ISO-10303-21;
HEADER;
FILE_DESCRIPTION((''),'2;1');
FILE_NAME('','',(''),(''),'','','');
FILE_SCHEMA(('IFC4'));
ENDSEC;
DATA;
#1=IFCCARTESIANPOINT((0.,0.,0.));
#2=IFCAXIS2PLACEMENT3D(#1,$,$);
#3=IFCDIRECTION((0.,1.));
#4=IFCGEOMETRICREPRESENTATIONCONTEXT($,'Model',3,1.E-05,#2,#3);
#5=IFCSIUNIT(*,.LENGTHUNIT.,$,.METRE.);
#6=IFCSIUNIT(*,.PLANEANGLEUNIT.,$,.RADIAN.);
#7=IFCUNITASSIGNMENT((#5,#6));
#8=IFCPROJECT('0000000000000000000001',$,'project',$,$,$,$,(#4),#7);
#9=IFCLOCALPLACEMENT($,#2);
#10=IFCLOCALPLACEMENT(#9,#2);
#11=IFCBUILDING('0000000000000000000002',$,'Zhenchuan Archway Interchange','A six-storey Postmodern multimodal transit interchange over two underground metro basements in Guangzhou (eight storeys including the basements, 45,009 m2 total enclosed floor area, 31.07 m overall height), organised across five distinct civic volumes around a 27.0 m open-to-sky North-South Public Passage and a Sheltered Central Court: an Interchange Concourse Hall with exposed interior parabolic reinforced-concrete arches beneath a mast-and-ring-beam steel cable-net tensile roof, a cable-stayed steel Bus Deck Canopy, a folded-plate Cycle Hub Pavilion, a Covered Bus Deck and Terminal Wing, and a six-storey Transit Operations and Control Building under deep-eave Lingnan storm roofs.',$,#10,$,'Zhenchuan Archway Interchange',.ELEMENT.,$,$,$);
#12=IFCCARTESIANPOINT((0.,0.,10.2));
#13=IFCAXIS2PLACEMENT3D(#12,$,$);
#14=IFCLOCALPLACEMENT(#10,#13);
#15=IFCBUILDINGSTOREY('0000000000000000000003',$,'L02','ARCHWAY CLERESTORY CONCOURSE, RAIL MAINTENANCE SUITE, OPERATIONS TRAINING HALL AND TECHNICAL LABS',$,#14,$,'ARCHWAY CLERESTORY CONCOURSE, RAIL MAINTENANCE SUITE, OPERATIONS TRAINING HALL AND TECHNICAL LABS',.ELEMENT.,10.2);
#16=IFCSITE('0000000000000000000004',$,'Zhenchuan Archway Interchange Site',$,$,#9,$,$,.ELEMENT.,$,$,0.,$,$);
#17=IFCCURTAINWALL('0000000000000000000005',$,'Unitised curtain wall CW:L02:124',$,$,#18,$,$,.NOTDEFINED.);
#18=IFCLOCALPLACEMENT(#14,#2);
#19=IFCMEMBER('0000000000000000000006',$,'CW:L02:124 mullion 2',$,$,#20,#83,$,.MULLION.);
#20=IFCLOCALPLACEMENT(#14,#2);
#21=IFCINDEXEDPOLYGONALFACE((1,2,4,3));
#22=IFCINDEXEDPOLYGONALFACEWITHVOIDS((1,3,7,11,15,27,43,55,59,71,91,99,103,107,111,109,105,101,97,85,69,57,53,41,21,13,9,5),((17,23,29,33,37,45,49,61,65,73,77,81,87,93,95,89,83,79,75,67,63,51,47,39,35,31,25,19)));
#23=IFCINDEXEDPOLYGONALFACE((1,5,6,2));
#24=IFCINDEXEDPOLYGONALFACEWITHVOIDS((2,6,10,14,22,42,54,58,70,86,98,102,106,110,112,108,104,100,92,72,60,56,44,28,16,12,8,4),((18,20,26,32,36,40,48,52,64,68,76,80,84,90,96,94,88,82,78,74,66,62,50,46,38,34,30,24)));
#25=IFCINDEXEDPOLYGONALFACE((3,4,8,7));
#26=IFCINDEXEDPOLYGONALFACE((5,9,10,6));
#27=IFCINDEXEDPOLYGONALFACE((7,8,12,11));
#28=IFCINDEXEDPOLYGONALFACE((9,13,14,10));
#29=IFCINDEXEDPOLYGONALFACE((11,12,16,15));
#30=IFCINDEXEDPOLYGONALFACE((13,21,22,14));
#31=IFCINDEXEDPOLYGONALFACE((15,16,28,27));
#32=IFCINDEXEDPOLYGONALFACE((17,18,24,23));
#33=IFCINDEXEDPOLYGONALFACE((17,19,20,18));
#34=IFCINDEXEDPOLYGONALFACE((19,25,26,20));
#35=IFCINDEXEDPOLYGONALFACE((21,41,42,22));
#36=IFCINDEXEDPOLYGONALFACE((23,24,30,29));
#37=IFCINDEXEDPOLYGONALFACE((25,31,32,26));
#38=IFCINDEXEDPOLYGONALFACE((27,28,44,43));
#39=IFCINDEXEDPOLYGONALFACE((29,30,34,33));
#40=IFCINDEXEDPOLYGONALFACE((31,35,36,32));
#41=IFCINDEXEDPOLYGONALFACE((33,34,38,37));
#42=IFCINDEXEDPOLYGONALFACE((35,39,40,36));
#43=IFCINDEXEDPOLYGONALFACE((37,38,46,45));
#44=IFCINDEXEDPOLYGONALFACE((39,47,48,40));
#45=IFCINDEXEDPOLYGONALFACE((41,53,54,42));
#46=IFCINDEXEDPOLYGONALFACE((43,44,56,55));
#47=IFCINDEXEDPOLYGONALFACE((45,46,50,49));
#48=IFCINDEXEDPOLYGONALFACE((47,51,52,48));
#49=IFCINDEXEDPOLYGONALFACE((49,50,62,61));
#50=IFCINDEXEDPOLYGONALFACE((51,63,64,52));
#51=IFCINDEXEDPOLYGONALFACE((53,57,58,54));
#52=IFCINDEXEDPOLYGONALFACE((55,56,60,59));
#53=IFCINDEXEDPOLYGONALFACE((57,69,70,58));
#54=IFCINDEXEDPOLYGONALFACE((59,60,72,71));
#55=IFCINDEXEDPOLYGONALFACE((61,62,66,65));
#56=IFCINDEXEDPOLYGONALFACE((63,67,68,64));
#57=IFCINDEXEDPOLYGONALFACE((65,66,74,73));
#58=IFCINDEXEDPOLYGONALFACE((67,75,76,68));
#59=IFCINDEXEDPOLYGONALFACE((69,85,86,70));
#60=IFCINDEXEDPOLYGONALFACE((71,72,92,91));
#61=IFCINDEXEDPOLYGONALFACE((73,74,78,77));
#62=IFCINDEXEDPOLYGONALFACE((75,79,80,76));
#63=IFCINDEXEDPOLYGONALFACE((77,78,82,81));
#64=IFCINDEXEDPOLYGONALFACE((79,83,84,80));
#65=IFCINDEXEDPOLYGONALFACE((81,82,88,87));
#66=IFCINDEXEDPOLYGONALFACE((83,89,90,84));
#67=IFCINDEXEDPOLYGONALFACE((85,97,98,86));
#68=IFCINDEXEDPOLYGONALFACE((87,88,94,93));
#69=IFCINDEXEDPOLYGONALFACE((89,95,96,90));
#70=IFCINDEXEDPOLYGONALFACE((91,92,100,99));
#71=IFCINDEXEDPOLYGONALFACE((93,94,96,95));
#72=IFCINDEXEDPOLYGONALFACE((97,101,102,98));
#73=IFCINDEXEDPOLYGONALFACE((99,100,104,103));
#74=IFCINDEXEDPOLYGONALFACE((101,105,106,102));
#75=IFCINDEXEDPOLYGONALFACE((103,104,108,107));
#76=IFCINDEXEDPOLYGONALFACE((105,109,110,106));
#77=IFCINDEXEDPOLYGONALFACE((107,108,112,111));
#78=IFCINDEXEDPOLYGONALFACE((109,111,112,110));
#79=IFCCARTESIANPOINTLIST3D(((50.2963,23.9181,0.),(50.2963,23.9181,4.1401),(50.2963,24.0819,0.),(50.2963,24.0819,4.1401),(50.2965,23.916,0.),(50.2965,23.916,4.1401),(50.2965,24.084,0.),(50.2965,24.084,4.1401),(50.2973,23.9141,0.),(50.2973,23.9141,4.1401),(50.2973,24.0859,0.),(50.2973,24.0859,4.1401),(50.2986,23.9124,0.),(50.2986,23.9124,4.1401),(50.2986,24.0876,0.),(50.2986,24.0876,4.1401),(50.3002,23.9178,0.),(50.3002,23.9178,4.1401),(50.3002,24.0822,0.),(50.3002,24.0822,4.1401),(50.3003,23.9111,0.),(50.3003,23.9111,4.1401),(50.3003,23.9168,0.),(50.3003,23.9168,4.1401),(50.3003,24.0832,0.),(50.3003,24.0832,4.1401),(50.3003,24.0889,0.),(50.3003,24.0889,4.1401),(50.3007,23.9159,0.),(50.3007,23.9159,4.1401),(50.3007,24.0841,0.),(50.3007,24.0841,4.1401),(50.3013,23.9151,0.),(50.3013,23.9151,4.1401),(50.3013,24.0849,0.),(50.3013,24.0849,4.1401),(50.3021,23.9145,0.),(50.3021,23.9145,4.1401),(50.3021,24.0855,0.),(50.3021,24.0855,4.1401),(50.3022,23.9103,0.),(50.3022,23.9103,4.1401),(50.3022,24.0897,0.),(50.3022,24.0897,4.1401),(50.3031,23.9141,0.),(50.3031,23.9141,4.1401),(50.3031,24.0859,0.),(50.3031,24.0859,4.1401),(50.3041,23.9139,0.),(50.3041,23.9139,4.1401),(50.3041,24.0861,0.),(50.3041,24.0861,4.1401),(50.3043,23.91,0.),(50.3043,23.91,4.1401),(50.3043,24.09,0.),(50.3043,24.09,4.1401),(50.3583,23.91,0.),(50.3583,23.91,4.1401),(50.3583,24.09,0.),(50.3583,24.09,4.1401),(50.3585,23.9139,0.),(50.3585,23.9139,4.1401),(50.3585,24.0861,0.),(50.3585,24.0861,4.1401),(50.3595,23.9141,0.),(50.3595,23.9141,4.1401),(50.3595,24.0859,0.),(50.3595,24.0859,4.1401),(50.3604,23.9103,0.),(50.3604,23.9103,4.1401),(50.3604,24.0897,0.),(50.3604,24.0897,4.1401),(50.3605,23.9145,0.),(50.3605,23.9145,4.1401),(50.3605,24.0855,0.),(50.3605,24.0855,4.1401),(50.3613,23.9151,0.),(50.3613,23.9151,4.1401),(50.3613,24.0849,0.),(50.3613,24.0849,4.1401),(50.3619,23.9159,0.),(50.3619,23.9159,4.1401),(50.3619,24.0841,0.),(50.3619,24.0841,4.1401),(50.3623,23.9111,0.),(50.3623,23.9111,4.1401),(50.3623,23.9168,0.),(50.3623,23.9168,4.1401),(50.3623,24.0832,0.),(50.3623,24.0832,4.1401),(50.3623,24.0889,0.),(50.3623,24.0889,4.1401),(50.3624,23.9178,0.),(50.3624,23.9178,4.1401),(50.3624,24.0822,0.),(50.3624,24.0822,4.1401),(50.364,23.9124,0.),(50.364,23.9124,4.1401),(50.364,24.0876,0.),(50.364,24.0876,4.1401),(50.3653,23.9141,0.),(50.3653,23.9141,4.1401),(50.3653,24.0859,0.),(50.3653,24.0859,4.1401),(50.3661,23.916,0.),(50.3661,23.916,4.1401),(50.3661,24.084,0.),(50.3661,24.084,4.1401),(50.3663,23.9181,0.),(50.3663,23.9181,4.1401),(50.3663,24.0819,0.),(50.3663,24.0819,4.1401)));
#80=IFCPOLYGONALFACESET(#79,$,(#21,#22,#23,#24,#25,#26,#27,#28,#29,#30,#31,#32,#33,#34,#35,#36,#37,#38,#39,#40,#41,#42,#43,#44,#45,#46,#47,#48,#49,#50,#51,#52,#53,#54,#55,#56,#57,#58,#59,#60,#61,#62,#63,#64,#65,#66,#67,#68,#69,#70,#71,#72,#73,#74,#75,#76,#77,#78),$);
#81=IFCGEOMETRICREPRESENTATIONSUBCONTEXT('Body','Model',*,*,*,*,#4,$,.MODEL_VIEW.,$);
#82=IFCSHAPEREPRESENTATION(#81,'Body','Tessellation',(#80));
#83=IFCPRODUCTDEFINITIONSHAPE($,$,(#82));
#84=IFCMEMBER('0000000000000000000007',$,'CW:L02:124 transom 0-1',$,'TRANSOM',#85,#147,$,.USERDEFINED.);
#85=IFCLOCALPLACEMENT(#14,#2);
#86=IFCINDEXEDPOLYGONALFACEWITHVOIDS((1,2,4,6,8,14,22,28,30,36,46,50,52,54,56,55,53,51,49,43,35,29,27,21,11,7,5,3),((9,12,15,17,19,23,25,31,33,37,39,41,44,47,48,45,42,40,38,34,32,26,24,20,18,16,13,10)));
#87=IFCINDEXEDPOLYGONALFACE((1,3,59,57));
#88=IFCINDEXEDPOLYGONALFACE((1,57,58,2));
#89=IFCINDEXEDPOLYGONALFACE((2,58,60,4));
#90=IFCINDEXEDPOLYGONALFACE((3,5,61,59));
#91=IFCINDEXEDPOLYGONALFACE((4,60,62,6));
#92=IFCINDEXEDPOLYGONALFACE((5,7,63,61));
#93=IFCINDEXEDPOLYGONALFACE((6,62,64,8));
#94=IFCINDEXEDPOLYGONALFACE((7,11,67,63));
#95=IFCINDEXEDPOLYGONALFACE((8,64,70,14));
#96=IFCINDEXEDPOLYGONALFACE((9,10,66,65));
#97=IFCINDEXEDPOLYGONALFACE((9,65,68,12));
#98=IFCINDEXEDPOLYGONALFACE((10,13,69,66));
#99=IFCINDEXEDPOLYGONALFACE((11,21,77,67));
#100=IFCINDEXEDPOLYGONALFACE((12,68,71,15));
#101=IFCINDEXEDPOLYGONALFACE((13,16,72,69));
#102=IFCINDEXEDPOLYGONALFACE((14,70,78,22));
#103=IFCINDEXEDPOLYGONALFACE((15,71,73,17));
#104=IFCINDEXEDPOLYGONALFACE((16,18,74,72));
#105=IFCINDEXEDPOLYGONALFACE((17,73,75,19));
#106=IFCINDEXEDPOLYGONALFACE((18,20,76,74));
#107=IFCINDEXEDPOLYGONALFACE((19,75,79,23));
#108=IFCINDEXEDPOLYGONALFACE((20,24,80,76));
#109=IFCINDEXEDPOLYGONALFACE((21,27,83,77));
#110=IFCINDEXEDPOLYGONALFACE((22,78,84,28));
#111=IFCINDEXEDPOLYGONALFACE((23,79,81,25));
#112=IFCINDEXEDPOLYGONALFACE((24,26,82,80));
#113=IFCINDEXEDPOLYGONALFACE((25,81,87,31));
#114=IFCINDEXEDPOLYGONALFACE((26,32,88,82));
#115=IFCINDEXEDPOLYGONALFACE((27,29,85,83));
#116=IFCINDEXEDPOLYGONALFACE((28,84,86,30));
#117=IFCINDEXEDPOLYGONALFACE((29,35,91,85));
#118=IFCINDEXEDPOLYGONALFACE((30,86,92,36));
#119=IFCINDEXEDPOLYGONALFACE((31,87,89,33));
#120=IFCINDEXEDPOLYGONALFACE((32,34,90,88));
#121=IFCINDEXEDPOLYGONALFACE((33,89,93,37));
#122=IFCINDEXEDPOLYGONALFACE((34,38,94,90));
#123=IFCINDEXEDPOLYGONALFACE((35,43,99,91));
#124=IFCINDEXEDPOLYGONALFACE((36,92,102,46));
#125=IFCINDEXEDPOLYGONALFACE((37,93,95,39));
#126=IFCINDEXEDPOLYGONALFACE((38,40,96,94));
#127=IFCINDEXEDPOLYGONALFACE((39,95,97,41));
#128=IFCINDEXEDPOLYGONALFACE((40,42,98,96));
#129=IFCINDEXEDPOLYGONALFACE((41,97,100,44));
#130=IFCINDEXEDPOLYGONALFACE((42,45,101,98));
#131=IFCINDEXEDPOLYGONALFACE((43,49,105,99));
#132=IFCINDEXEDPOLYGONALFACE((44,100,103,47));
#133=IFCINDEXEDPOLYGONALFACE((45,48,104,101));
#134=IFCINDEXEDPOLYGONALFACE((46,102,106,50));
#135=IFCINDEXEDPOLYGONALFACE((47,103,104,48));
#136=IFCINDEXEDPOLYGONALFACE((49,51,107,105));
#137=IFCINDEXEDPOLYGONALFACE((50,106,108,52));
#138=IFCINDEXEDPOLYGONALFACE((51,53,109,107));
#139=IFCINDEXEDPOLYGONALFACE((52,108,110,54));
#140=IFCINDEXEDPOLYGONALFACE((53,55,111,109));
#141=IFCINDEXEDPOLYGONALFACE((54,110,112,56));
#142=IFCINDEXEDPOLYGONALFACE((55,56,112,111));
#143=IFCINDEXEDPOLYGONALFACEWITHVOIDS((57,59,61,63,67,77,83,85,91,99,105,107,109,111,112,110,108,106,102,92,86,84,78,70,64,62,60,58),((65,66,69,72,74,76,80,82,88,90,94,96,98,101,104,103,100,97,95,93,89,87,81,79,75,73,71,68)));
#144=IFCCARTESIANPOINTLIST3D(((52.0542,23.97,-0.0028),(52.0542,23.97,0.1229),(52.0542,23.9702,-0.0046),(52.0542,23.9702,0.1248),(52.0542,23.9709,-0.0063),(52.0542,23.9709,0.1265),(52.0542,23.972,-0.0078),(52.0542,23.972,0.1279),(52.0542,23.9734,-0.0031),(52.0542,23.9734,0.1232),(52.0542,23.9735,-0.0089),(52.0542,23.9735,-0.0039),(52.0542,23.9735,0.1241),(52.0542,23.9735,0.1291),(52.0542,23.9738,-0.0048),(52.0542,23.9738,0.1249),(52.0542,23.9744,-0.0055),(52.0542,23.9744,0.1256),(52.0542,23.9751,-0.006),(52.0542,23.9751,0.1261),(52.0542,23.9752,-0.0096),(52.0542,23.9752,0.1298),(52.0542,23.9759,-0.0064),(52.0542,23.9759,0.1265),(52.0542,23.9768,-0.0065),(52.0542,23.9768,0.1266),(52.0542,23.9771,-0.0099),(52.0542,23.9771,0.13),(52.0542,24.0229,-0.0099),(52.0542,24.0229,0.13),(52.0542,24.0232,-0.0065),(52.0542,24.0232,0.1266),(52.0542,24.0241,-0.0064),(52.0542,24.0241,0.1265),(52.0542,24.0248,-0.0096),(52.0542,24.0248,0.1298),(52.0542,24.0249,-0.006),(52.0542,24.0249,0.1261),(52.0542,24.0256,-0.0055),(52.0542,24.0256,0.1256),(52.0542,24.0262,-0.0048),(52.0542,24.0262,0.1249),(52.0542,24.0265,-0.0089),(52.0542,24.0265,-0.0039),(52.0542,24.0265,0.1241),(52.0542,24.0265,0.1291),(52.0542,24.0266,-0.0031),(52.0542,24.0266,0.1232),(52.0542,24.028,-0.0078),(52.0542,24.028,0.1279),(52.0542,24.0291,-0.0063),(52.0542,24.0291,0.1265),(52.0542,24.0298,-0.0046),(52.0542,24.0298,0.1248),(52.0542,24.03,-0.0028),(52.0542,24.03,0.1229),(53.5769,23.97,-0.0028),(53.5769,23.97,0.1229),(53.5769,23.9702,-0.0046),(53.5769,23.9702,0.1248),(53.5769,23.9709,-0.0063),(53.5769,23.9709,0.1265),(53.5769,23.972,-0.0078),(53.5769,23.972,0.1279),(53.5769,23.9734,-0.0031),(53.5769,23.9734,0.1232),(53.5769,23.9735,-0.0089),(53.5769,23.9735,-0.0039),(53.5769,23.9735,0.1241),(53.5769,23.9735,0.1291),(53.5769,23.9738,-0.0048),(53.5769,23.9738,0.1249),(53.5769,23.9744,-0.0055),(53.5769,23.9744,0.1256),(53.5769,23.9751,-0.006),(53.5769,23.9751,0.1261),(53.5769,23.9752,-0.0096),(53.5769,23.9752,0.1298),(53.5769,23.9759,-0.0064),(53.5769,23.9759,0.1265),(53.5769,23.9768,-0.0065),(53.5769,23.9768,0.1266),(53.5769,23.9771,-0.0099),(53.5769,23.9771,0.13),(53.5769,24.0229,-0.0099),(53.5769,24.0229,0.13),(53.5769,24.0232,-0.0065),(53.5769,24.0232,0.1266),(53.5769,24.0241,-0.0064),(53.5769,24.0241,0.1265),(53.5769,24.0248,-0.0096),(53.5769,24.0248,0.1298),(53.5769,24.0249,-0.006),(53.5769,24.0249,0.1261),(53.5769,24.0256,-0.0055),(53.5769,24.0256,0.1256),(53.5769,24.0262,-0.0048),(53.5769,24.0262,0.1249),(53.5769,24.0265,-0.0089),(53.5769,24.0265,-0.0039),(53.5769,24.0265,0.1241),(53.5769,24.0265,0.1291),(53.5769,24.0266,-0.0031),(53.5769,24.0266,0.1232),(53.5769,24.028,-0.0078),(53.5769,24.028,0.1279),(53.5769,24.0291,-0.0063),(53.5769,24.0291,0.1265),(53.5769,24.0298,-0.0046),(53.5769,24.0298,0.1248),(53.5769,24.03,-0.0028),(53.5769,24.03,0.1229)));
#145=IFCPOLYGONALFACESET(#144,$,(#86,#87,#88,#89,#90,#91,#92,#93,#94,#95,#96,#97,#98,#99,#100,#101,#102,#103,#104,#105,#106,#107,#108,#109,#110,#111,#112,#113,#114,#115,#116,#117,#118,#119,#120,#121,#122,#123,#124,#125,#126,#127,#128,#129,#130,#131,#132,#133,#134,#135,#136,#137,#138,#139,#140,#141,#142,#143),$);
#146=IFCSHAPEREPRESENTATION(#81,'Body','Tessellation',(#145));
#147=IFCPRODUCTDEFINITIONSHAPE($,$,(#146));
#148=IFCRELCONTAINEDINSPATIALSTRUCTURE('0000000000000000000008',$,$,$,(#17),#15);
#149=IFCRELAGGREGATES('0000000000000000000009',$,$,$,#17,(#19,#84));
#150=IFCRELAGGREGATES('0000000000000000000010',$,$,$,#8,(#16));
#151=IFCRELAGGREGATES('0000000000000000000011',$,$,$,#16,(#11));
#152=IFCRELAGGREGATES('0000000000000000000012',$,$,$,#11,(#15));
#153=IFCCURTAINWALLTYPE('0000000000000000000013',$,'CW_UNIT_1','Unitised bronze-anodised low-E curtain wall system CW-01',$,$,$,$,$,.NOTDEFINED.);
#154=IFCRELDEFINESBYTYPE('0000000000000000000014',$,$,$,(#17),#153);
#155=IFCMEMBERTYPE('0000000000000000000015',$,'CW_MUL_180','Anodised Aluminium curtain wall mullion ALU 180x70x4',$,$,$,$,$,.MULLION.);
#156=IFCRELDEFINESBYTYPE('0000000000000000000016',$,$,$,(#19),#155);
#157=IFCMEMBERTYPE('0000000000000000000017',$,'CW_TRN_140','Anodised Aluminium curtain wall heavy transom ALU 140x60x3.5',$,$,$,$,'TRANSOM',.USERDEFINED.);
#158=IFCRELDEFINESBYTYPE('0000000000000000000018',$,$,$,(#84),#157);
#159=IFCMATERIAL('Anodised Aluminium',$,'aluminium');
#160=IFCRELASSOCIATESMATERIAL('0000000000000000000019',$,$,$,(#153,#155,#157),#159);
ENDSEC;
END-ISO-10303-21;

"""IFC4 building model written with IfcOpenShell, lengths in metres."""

from ifc_helpers import new_model, si_unit, direction, frame, origin, origin_2d, place, context, subcontext, project, spatial, hollow_rectangle, extrude, material, material_profile, profile_set, type_object, element, aggregate, save


model = new_model("IFC4")

# Units and contexts
model_context = context("Model", 3, precision=1e-05, world=origin(), true_north=direction((0.0, 1.0)))
body_context = subcontext(model_context, "Body", "Model", "MODEL_VIEW")
ifc_project = project(units=[si_unit("LENGTHUNIT", "METRE"), si_unit("PLANEANGLEUNIT", "RADIAN")], contexts=[model_context])

# Site, building, storey
site_placement = place(None, origin())
site = spatial("IfcSite", under=ifc_project, at=site_placement, Name="Zhenchuan Archway Interchange Site", CompositionType="ELEMENT", RefElevation=0.0)
building_placement = place(site_placement, origin())
building = spatial("IfcBuilding", under=site, at=building_placement, Name="Zhenchuan Archway Interchange", Description="A six-storey Postmodern multimodal transit interchange over two underground metro basements in Guangzhou (eight storeys including the basements, 45,009 m2 total enclosed floor area, 31.07 m overall height), organised across five distinct civic volumes around a 27.0 m open-to-sky North-South Public Passage and a Sheltered Central Court: an Interchange Concourse Hall with exposed interior parabolic reinforced-concrete arches beneath a mast-and-ring-beam steel cable-net tensile roof, a cable-stayed steel Bus Deck Canopy, a folded-plate Cycle Hub Pavilion, a Covered Bus Deck and Terminal Wing, and a six-storey Transit Operations and Control Building under deep-eave Lingnan storm roofs.", LongName="Zhenchuan Archway Interchange", CompositionType="ELEMENT")
storey_placement = place(building_placement, frame((0.0, 0.0, 10.2)))
storey = spatial("IfcBuildingStorey", under=building, at=storey_placement, Name="L02", Description="ARCHWAY CLERESTORY CONCOURSE, RAIL MAINTENANCE SUITE, OPERATIONS TRAINING HALL AND TECHNICAL LABS", LongName="ARCHWAY CLERESTORY CONCOURSE, RAIL MAINTENANCE SUITE, OPERATIONS TRAINING HALL AND TECHNICAL LABS", CompositionType="ELEMENT", Elevation=10.2)

# Curtain wall, members
ifc_material_1 = material(Name="Anodised Aluminium", Category="aluminium")
curtain_wall_type = type_object("IfcCurtainWallType", Name="CW_UNIT_1", Description="Unitised bronze-anodised low-E curtain wall system CW-01", PredefinedType="NOTDEFINED", material=ifc_material_1)
curtain_wall_placement = place(storey_placement, origin())
curtain_wall = element("IfcCurtainWall", 1, at=curtain_wall_placement, inside=storey, type_object=curtain_wall_type, Name="Unitised curtain wall CW:L02:124", PredefinedType="NOTDEFINED")
ifc_material_profile_1 = material_profile(ifc_material_1, hollow_rectangle(XDim=0.0701, YDim=0.1799, WallThickness=0.0039, InnerFilletRadius=0.0039, OuterFilletRadius=0.0081, at=origin_2d()), Name="ALU 180x70x4")
ifc_profile_set_1 = profile_set([ifc_material_profile_1], Name="Anodised Aluminium")
member_type_1 = type_object("IfcMemberType", Name="CW_MUL_180", Description="Anodised Aluminium curtain wall mullion ALU 180x70x4", PredefinedType="MULLION", material=ifc_profile_set_1)
member_1_placement = place(storey_placement, frame((50.3313, 24.0, 0.0), z_axis=(0.0, 0.0, 1.0), x_axis=(1.0, 0.0, 0.0)))
member_1 = element("IfcMember", 2, at=member_1_placement, type_object=member_type_1, Name="CW:L02:124 mullion 2", PredefinedType="MULLION", context=body_context, shape_type="SweptSolid", body=[
    extrude(hollow_rectangle(XDim=0.0701, YDim=0.1799, WallThickness=0.0039, InnerFilletRadius=0.0039, OuterFilletRadius=0.0081, at=origin_2d()), origin(), (0.0, 0.0, 1.0), 4.1401),
])
ifc_material_profile_2 = material_profile(ifc_material_1, hollow_rectangle(XDim=0.0601, YDim=0.1399, WallThickness=0.0034, InnerFilletRadius=0.0034, OuterFilletRadius=0.0071, at=origin_2d()), Name="ALU 140x60x3.5")
ifc_profile_set_2 = profile_set([ifc_material_profile_2], Name="Anodised Aluminium")
member_type_2 = type_object("IfcMemberType", Name="CW_TRN_140", Description="Anodised Aluminium curtain wall heavy transom ALU 140x60x3.5", ElementType="TRANSOM", PredefinedType="USERDEFINED", material=ifc_profile_set_2)
member_2_placement = place(storey_placement, frame((53.5769, 24.0, 0.0601), z_axis=(-1.0, 0.0, 0.0), x_axis=(0.0, -1.0, 0.0)))
member_2 = element("IfcMember", 3, at=member_2_placement, type_object=member_type_2, Name="CW:L02:124 transom 0-1", ObjectType="TRANSOM", PredefinedType="USERDEFINED", context=body_context, shape_type="SweptSolid", body=[
    extrude(hollow_rectangle(XDim=0.0601, YDim=0.1399, WallThickness=0.0034, InnerFilletRadius=0.0034, OuterFilletRadius=0.0071, at=origin_2d()), origin(), (0.0, 0.0, 1.0), 1.5227),
])

aggregate(curtain_wall, [member_1, member_2])

save(model, "model.ifc")
